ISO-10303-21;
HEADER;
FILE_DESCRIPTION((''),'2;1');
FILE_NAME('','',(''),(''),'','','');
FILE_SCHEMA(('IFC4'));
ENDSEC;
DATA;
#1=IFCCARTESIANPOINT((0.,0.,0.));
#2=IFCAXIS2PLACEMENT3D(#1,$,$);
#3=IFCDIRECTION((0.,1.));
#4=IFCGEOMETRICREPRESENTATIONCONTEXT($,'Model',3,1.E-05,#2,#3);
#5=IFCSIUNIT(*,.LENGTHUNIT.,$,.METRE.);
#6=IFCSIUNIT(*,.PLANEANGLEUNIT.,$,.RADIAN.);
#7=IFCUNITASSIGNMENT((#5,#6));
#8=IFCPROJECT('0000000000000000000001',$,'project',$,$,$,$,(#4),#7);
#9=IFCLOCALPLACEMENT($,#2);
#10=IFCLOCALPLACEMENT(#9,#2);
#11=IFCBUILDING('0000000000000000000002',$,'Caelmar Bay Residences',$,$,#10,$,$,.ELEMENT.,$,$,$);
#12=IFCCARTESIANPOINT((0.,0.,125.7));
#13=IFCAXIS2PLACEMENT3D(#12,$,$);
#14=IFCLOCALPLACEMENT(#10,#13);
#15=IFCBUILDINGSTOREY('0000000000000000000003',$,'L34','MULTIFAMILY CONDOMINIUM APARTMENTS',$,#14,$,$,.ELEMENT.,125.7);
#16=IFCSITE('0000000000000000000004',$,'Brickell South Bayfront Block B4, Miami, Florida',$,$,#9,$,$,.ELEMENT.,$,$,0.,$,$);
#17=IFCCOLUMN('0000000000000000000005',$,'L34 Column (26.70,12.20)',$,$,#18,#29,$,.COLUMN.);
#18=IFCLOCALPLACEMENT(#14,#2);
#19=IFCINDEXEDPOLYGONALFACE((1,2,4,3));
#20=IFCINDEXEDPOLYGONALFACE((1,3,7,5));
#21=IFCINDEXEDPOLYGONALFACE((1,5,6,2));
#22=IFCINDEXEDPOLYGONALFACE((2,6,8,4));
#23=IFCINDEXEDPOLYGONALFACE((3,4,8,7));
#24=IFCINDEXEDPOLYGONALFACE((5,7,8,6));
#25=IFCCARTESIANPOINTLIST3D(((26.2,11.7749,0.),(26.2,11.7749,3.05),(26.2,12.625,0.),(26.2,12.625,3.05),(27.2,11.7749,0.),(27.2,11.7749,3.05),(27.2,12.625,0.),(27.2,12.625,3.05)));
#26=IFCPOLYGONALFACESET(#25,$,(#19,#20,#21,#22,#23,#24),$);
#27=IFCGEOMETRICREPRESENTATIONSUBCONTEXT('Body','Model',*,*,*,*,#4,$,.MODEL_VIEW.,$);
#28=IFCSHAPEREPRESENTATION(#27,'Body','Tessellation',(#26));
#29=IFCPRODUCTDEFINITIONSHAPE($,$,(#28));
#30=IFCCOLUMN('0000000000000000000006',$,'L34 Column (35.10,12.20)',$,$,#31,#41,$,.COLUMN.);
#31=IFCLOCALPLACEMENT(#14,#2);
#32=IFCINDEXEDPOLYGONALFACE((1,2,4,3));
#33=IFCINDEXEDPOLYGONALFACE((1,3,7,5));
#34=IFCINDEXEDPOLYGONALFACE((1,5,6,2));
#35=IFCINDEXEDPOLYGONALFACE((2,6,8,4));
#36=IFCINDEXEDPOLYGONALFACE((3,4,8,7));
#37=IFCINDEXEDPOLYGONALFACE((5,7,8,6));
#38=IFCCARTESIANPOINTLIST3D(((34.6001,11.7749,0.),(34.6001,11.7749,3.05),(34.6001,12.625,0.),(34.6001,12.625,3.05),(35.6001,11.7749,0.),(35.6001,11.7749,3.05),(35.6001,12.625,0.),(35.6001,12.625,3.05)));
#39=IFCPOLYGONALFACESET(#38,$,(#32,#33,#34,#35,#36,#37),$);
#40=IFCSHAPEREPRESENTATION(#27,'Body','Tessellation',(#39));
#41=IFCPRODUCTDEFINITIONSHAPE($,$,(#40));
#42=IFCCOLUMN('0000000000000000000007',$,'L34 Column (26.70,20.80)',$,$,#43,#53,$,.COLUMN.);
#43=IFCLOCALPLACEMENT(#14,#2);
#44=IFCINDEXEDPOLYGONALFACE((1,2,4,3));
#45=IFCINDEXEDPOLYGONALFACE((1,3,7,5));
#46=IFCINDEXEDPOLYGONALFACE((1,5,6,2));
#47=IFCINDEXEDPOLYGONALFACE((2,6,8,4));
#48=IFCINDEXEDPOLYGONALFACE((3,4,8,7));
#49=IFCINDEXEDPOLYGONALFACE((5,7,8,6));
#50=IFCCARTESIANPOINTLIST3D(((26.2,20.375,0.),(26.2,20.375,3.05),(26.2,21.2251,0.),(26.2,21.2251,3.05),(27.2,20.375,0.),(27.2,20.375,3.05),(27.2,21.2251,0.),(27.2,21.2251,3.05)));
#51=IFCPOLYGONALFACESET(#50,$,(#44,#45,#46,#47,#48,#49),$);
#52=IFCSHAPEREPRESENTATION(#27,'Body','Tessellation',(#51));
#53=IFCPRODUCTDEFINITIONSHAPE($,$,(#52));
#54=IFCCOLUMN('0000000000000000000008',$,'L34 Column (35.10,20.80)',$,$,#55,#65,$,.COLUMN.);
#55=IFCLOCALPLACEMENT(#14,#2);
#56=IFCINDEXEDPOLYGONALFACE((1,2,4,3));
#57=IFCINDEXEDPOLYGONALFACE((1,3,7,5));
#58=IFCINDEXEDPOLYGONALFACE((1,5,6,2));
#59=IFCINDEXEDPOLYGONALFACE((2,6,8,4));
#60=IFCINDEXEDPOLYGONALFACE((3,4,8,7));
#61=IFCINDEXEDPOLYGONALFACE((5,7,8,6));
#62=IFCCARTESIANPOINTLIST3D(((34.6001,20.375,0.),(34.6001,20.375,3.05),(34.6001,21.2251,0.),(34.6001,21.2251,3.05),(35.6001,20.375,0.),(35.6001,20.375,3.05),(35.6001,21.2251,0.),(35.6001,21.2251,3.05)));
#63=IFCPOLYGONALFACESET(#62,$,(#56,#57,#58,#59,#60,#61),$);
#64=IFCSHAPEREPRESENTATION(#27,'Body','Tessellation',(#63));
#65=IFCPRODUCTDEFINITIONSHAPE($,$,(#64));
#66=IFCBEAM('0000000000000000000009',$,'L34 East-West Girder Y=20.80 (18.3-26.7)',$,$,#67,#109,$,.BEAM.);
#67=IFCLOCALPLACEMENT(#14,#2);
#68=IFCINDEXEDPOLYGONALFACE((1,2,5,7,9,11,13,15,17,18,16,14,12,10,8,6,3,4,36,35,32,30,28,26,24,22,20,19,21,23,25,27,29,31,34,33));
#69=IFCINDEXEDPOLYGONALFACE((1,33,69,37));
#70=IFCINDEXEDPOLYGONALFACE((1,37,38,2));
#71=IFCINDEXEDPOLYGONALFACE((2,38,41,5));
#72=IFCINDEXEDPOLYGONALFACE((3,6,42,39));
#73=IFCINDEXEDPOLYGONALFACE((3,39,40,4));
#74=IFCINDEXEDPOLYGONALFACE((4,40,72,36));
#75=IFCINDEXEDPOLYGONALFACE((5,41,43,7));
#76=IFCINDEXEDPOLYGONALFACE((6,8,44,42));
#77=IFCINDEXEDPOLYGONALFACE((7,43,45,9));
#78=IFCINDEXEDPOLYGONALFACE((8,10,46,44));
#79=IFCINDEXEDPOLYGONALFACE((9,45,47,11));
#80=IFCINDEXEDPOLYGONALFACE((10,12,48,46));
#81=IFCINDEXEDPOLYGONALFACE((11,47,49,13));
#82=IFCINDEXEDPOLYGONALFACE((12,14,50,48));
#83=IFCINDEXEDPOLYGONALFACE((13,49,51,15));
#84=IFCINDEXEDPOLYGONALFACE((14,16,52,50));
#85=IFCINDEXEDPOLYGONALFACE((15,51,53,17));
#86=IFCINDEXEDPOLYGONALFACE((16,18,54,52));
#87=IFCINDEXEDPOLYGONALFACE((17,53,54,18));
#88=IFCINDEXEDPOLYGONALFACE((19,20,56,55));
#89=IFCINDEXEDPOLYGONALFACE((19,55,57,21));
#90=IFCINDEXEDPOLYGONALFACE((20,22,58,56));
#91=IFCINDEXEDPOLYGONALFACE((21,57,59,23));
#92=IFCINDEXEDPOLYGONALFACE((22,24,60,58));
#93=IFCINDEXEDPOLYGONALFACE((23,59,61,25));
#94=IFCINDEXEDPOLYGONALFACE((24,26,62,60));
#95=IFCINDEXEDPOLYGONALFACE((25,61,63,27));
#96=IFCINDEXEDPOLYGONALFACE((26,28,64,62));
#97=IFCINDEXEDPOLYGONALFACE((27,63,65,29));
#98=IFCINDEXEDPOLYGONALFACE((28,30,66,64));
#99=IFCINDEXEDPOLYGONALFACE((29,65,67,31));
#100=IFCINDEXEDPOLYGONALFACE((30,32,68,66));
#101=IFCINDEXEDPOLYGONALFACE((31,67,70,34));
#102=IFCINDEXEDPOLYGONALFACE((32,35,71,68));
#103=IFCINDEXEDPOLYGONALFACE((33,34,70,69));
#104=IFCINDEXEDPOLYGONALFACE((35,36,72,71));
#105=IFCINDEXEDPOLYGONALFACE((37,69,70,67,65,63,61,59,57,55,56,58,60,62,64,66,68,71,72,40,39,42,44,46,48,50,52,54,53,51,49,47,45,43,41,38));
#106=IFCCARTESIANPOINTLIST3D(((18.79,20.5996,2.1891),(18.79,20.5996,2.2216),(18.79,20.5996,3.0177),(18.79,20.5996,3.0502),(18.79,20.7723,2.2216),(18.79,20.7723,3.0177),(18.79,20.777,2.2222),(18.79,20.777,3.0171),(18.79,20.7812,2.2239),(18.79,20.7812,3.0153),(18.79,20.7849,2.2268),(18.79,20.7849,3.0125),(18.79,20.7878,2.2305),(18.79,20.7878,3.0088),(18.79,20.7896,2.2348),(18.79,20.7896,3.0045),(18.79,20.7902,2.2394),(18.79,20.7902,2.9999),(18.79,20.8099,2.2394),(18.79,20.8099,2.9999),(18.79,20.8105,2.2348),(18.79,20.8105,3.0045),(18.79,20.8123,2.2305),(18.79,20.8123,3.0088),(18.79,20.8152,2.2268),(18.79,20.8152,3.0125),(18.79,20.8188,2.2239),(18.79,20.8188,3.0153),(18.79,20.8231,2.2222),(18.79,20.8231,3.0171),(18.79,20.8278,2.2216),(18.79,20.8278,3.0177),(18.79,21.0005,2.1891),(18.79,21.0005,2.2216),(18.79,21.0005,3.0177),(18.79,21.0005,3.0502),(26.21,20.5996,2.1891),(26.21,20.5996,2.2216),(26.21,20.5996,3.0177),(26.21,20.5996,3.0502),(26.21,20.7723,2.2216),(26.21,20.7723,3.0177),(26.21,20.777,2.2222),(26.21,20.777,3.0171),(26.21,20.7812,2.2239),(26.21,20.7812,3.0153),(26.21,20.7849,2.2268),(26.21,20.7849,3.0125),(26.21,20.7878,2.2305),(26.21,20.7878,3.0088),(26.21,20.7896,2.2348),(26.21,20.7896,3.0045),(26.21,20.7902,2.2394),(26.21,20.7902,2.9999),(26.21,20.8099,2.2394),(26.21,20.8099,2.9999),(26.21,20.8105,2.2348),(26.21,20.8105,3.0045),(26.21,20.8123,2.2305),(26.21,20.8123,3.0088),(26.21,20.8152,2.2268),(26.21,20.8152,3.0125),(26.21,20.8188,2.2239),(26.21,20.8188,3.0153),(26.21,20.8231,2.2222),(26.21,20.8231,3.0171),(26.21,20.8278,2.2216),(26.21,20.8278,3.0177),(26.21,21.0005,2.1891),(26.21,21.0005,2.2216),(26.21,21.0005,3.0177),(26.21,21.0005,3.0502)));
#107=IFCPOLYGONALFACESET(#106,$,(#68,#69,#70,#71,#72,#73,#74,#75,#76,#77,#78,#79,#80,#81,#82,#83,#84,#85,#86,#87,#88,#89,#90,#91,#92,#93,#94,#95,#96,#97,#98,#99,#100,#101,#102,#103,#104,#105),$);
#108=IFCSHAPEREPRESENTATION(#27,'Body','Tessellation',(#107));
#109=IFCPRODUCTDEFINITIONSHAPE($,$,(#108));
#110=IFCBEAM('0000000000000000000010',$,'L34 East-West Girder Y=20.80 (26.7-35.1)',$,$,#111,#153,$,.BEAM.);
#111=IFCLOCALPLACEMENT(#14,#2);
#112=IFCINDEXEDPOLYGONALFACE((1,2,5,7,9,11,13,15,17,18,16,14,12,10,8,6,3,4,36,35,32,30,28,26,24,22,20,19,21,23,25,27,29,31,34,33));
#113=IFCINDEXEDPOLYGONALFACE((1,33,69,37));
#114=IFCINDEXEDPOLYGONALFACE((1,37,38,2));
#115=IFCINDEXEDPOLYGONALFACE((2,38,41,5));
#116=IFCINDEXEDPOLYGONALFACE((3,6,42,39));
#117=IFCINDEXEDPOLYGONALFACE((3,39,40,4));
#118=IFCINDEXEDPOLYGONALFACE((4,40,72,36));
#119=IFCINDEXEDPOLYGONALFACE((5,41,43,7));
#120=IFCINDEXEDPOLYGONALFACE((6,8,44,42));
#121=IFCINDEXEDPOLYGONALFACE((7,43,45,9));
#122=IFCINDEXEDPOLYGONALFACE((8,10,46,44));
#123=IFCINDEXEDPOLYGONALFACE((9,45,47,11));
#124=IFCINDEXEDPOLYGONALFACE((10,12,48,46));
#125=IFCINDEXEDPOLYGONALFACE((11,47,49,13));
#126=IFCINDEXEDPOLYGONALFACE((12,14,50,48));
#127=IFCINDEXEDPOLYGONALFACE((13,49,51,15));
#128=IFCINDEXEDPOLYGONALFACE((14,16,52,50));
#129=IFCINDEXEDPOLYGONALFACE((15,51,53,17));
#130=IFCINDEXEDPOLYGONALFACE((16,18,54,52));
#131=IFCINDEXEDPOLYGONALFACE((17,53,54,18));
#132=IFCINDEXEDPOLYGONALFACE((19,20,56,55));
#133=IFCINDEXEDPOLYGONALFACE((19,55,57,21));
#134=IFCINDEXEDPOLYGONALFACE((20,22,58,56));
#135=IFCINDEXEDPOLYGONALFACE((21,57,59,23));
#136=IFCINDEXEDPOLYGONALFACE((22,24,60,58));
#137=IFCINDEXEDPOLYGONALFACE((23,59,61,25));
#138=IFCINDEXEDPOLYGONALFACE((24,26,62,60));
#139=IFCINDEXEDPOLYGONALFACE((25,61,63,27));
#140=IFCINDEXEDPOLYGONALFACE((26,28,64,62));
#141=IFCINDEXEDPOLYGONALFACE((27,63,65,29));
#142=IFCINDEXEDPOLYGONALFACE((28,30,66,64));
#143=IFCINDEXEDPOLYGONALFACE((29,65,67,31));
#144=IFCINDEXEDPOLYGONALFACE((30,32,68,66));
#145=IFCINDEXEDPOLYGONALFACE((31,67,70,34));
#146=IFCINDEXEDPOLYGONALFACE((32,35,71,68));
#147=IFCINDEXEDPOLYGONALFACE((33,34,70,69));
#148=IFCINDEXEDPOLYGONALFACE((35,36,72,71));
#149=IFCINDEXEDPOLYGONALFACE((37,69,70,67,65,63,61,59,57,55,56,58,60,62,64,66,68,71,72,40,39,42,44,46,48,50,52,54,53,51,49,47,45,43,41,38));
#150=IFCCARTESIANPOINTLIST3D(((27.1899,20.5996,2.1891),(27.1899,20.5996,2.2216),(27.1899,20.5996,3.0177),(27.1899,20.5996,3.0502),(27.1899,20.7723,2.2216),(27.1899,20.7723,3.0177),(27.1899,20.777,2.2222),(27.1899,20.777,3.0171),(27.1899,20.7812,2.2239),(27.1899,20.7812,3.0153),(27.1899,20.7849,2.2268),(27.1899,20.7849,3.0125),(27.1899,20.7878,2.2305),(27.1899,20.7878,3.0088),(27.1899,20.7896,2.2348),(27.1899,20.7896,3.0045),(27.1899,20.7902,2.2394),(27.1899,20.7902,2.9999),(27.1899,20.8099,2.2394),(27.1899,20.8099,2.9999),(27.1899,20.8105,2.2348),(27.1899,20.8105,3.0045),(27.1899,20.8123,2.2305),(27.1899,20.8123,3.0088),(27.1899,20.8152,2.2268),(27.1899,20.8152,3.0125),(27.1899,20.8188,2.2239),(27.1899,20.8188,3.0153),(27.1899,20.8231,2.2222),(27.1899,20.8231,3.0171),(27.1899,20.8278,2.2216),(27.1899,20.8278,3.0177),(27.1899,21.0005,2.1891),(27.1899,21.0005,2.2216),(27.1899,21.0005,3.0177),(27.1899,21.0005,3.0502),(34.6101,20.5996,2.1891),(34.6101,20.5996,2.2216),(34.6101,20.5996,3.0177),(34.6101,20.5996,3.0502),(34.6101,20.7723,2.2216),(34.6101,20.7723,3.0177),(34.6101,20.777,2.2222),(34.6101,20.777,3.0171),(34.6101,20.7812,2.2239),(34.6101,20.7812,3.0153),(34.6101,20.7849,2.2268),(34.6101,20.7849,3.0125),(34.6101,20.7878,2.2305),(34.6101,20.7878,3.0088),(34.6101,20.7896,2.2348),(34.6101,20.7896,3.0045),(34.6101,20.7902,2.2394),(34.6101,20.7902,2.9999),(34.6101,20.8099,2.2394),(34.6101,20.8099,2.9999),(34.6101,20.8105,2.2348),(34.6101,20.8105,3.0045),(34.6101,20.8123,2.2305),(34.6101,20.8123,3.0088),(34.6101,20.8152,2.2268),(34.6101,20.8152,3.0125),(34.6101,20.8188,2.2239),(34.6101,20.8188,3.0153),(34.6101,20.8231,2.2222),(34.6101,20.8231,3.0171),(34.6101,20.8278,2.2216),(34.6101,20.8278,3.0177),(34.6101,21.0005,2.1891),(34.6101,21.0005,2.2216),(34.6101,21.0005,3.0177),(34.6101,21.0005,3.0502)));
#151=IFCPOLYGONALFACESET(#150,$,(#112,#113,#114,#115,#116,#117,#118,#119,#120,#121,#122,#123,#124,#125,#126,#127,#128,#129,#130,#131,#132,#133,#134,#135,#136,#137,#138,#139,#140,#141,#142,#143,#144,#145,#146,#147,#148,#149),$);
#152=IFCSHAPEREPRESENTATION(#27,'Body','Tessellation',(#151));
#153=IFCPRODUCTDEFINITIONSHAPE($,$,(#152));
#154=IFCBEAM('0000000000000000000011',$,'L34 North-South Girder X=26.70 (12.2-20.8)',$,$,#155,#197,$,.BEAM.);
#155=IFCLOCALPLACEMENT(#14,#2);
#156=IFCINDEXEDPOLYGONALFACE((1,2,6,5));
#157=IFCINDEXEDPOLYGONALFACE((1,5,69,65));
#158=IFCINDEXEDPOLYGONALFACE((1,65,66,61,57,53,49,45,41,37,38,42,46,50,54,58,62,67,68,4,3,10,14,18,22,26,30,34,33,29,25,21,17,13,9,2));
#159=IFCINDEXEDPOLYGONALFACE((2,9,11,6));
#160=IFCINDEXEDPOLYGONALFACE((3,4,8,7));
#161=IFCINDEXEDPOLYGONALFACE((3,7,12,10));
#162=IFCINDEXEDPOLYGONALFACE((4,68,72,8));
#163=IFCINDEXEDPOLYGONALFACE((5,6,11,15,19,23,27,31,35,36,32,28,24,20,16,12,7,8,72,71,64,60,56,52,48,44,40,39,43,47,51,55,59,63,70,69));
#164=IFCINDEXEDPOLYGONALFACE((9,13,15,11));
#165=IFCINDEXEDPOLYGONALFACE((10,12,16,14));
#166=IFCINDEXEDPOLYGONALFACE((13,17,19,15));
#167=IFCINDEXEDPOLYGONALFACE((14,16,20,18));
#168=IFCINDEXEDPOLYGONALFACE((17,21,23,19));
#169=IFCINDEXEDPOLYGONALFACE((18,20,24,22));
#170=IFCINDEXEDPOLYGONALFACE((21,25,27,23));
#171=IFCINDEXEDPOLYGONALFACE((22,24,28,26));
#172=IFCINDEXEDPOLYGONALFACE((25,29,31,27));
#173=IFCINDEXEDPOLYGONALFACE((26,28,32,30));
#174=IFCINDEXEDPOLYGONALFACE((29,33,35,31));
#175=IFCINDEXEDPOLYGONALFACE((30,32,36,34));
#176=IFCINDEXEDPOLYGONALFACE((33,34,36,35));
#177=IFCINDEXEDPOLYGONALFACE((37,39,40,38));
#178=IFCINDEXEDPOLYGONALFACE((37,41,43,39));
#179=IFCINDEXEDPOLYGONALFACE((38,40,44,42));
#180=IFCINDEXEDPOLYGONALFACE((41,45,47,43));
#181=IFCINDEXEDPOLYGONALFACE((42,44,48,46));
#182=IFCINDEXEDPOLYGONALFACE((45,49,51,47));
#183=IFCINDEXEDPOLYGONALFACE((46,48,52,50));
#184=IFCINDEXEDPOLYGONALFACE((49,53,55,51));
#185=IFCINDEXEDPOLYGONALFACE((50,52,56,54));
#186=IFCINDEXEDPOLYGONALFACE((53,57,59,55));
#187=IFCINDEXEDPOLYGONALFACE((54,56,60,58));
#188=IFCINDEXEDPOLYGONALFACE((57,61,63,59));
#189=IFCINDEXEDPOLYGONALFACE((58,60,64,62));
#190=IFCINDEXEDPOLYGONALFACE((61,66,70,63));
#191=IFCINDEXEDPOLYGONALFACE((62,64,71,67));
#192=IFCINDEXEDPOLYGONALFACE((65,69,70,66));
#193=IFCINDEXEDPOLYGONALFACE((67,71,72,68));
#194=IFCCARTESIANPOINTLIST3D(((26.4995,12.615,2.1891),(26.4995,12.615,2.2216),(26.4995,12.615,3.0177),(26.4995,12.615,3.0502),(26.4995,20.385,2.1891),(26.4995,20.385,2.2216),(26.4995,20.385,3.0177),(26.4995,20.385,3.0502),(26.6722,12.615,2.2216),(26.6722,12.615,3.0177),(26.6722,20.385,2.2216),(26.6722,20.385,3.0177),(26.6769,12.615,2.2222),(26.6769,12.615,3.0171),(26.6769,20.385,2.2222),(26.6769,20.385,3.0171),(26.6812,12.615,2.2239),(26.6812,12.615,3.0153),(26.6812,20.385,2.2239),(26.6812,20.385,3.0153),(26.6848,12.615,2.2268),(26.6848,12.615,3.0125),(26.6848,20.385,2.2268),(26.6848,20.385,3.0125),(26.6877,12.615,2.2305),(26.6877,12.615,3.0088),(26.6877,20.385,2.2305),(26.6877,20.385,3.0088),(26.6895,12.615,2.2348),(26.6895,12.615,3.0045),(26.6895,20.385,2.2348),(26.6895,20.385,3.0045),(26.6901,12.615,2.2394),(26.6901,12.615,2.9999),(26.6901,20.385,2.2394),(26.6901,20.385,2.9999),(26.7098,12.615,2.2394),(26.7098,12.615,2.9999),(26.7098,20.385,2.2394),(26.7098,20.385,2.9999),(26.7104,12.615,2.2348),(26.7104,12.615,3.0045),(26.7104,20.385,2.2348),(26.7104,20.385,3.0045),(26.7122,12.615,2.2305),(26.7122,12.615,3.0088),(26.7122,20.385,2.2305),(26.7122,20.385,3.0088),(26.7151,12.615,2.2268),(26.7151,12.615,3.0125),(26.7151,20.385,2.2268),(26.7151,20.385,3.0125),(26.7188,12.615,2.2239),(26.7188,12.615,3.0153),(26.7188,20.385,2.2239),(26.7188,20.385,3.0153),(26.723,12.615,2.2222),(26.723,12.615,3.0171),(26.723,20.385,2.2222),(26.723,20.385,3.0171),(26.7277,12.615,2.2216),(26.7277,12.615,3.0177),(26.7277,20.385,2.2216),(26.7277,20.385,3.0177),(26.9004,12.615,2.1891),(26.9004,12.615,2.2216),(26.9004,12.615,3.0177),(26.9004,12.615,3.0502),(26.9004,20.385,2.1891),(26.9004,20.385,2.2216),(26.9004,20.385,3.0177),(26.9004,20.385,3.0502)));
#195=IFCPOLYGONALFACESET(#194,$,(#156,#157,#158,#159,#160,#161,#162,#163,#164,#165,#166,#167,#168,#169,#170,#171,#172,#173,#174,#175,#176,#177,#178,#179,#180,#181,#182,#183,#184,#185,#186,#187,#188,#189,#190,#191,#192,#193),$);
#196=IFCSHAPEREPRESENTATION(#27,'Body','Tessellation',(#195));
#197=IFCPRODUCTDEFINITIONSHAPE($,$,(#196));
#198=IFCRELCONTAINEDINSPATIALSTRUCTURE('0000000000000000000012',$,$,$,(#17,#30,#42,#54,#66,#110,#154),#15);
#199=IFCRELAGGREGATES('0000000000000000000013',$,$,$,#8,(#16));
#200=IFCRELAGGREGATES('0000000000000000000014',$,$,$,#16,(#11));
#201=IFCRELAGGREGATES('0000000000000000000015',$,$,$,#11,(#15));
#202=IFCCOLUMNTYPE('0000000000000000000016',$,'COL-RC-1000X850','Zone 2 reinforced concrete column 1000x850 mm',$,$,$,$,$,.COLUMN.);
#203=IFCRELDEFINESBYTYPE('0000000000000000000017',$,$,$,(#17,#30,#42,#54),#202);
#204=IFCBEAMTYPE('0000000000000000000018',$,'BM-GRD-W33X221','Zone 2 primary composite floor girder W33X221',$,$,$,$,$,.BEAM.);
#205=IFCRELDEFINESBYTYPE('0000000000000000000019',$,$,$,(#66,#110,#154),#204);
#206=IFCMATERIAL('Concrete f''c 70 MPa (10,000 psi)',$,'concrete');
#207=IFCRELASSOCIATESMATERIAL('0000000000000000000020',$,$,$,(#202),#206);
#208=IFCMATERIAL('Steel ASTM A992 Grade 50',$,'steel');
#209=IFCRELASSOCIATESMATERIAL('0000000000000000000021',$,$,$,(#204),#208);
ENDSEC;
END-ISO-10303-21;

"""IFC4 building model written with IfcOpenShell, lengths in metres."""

from ifc_helpers import new_model, si_unit, direction, frame, origin, origin_2d, place, context, subcontext, project, spatial, rectangle, i_section, extrude, material, material_profile, profile_set, type_object, element, save


model = new_model("IFC4")

# Units and contexts
model_context = context("Model", 3, precision=1e-05, world=origin(), true_north=direction((0.0, 1.0)))
body_context = subcontext(model_context, "Body", "Model", "MODEL_VIEW")
ifc_project = project(units=[si_unit("LENGTHUNIT", "METRE"), si_unit("PLANEANGLEUNIT", "RADIAN")], contexts=[model_context])

# Site, building, storey
site_placement = place(None, origin())
site = spatial("IfcSite", under=ifc_project, at=site_placement, Name="Brickell South Bayfront Block B4, Miami, Florida", CompositionType="ELEMENT", RefElevation=0.0)
building_placement = place(site_placement, origin())
building = spatial("IfcBuilding", under=site, at=building_placement, Name="Caelmar Bay Residences", CompositionType="ELEMENT")
storey_placement = place(building_placement, frame((0.0, 0.0, 125.7)))
storey = spatial("IfcBuildingStorey", under=building, at=storey_placement, Name="L34", Description="MULTIFAMILY CONDOMINIUM APARTMENTS", CompositionType="ELEMENT", Elevation=125.7)

# Columns
ifc_material_1 = material(Name="Concrete f'c 70 MPa (10,000 psi)", Category="concrete")
ifc_material_profile_1 = material_profile(ifc_material_1, rectangle(XDim=1.0, YDim=0.8501, at=origin_2d()), Name="RC-COL-1000X850")
ifc_profile_set_1 = profile_set([ifc_material_profile_1], Name="Concrete f'c 70 MPa (10,000 psi)")
column_type = type_object("IfcColumnType", Name="COL-RC-1000X850", Description="Zone 2 reinforced concrete column 1000x850 mm", PredefinedType="COLUMN", material=ifc_profile_set_1)
for number, where, z_axis, x_axis, name in (
    (1, (26.7, 12.2, 0.0), (0.0, 0.0, 1.0), (1.0, 0.0, 0.0), "L34 Column (26.70,12.20)"),
    (2, (35.1001, 12.2, 0.0), (0.0, 0.0, 1.0), (1.0, 0.0, 0.0), "L34 Column (35.10,12.20)"),
    (3, (26.7, 20.8, 0.0), (0.0, 0.0, 1.0), (1.0, 0.0, 0.0), "L34 Column (26.70,20.80)"),
    (4, (35.1001, 20.8, 0.0), (0.0, 0.0, 1.0), (1.0, 0.0, 0.0), "L34 Column (35.10,20.80)"),
):
    element("IfcColumn", number, at=place(storey_placement, frame(where, z_axis=z_axis, x_axis=x_axis)), inside=storey, type_object=column_type, Name=name, PredefinedType="COLUMN", context=body_context, shape_type="SweptSolid", body=[
        extrude(rectangle(XDim=1.0, YDim=0.8501, at=origin_2d()), origin(), (0.0, 0.0, 1.0), 3.05),
    ])

# Beams
ifc_material_2 = material(Name="Steel ASTM A992 Grade 50", Category="steel")
ifc_material_profile_2 = material_profile(ifc_material_2, i_section(OverallWidth=0.4009, OverallDepth=0.8611, WebThickness=0.0198, FlangeThickness=0.0325, FilletRadius=0.0178, at=origin_2d()), Name="W33X221")
ifc_profile_set_2 = profile_set([ifc_material_profile_2], Name="Steel ASTM A992 Grade 50")
beam_type_1 = type_object("IfcBeamType", Name="BM-GRD-W33X221", Description="Zone 2 primary composite floor girder W33X221", PredefinedType="BEAM", material=ifc_profile_set_2)
beam_1_placement = place(storey_placement, frame((18.79, 20.8, 2.6196), z_axis=(1.0, 0.0, 0.0), x_axis=(0.0, 1.0, 0.0)))
element("IfcBeam", 5, at=beam_1_placement, inside=storey, type_object=beam_type_1, Name="L34 East-West Girder Y=20.80 (18.3-26.7)", PredefinedType="BEAM", context=body_context, shape_type="SweptSolid", body=[
    extrude(i_section(OverallWidth=0.4009, OverallDepth=0.8611, WebThickness=0.0198, FlangeThickness=0.0325, FilletRadius=0.0178, at=origin_2d()), origin(), (0.0, 0.0, 1.0), 7.4199),
])
beam_2_placement = place(storey_placement, frame((27.1899, 20.8, 2.6196), z_axis=(1.0, 0.0, 0.0), x_axis=(0.0, 1.0, 0.0)))
element("IfcBeam", 6, at=beam_2_placement, inside=storey, type_object=beam_type_1, Name="L34 East-West Girder Y=20.80 (26.7-35.1)", PredefinedType="BEAM", context=body_context, shape_type="SweptSolid", body=[
    extrude(i_section(OverallWidth=0.4009, OverallDepth=0.8611, WebThickness=0.0198, FlangeThickness=0.0325, FilletRadius=0.0178, at=origin_2d()), origin(), (0.0, 0.0, 1.0), 7.4202),
])
for number, where, z_axis, x_axis, name in (
    (7, (26.7, 12.615, 2.6196), (0.0, 1.0, 0.0), (-1.0, 0.0, 0.0), "L34 North-South Girder X=26.70 (12.2-20.8)"),
):
    element("IfcBeam", number, at=place(storey_placement, frame(where, z_axis=z_axis, x_axis=x_axis)), inside=storey, type_object=beam_type_1, Name=name, PredefinedType="BEAM", context=body_context, shape_type="SweptSolid", body=[
        extrude(i_section(OverallWidth=0.4009, OverallDepth=0.8611, WebThickness=0.0198, FlangeThickness=0.0325, FilletRadius=0.0178, at=origin_2d()), origin(), (0.0, 0.0, 1.0), 7.77),
    ])

save(model, "model.ifc")
